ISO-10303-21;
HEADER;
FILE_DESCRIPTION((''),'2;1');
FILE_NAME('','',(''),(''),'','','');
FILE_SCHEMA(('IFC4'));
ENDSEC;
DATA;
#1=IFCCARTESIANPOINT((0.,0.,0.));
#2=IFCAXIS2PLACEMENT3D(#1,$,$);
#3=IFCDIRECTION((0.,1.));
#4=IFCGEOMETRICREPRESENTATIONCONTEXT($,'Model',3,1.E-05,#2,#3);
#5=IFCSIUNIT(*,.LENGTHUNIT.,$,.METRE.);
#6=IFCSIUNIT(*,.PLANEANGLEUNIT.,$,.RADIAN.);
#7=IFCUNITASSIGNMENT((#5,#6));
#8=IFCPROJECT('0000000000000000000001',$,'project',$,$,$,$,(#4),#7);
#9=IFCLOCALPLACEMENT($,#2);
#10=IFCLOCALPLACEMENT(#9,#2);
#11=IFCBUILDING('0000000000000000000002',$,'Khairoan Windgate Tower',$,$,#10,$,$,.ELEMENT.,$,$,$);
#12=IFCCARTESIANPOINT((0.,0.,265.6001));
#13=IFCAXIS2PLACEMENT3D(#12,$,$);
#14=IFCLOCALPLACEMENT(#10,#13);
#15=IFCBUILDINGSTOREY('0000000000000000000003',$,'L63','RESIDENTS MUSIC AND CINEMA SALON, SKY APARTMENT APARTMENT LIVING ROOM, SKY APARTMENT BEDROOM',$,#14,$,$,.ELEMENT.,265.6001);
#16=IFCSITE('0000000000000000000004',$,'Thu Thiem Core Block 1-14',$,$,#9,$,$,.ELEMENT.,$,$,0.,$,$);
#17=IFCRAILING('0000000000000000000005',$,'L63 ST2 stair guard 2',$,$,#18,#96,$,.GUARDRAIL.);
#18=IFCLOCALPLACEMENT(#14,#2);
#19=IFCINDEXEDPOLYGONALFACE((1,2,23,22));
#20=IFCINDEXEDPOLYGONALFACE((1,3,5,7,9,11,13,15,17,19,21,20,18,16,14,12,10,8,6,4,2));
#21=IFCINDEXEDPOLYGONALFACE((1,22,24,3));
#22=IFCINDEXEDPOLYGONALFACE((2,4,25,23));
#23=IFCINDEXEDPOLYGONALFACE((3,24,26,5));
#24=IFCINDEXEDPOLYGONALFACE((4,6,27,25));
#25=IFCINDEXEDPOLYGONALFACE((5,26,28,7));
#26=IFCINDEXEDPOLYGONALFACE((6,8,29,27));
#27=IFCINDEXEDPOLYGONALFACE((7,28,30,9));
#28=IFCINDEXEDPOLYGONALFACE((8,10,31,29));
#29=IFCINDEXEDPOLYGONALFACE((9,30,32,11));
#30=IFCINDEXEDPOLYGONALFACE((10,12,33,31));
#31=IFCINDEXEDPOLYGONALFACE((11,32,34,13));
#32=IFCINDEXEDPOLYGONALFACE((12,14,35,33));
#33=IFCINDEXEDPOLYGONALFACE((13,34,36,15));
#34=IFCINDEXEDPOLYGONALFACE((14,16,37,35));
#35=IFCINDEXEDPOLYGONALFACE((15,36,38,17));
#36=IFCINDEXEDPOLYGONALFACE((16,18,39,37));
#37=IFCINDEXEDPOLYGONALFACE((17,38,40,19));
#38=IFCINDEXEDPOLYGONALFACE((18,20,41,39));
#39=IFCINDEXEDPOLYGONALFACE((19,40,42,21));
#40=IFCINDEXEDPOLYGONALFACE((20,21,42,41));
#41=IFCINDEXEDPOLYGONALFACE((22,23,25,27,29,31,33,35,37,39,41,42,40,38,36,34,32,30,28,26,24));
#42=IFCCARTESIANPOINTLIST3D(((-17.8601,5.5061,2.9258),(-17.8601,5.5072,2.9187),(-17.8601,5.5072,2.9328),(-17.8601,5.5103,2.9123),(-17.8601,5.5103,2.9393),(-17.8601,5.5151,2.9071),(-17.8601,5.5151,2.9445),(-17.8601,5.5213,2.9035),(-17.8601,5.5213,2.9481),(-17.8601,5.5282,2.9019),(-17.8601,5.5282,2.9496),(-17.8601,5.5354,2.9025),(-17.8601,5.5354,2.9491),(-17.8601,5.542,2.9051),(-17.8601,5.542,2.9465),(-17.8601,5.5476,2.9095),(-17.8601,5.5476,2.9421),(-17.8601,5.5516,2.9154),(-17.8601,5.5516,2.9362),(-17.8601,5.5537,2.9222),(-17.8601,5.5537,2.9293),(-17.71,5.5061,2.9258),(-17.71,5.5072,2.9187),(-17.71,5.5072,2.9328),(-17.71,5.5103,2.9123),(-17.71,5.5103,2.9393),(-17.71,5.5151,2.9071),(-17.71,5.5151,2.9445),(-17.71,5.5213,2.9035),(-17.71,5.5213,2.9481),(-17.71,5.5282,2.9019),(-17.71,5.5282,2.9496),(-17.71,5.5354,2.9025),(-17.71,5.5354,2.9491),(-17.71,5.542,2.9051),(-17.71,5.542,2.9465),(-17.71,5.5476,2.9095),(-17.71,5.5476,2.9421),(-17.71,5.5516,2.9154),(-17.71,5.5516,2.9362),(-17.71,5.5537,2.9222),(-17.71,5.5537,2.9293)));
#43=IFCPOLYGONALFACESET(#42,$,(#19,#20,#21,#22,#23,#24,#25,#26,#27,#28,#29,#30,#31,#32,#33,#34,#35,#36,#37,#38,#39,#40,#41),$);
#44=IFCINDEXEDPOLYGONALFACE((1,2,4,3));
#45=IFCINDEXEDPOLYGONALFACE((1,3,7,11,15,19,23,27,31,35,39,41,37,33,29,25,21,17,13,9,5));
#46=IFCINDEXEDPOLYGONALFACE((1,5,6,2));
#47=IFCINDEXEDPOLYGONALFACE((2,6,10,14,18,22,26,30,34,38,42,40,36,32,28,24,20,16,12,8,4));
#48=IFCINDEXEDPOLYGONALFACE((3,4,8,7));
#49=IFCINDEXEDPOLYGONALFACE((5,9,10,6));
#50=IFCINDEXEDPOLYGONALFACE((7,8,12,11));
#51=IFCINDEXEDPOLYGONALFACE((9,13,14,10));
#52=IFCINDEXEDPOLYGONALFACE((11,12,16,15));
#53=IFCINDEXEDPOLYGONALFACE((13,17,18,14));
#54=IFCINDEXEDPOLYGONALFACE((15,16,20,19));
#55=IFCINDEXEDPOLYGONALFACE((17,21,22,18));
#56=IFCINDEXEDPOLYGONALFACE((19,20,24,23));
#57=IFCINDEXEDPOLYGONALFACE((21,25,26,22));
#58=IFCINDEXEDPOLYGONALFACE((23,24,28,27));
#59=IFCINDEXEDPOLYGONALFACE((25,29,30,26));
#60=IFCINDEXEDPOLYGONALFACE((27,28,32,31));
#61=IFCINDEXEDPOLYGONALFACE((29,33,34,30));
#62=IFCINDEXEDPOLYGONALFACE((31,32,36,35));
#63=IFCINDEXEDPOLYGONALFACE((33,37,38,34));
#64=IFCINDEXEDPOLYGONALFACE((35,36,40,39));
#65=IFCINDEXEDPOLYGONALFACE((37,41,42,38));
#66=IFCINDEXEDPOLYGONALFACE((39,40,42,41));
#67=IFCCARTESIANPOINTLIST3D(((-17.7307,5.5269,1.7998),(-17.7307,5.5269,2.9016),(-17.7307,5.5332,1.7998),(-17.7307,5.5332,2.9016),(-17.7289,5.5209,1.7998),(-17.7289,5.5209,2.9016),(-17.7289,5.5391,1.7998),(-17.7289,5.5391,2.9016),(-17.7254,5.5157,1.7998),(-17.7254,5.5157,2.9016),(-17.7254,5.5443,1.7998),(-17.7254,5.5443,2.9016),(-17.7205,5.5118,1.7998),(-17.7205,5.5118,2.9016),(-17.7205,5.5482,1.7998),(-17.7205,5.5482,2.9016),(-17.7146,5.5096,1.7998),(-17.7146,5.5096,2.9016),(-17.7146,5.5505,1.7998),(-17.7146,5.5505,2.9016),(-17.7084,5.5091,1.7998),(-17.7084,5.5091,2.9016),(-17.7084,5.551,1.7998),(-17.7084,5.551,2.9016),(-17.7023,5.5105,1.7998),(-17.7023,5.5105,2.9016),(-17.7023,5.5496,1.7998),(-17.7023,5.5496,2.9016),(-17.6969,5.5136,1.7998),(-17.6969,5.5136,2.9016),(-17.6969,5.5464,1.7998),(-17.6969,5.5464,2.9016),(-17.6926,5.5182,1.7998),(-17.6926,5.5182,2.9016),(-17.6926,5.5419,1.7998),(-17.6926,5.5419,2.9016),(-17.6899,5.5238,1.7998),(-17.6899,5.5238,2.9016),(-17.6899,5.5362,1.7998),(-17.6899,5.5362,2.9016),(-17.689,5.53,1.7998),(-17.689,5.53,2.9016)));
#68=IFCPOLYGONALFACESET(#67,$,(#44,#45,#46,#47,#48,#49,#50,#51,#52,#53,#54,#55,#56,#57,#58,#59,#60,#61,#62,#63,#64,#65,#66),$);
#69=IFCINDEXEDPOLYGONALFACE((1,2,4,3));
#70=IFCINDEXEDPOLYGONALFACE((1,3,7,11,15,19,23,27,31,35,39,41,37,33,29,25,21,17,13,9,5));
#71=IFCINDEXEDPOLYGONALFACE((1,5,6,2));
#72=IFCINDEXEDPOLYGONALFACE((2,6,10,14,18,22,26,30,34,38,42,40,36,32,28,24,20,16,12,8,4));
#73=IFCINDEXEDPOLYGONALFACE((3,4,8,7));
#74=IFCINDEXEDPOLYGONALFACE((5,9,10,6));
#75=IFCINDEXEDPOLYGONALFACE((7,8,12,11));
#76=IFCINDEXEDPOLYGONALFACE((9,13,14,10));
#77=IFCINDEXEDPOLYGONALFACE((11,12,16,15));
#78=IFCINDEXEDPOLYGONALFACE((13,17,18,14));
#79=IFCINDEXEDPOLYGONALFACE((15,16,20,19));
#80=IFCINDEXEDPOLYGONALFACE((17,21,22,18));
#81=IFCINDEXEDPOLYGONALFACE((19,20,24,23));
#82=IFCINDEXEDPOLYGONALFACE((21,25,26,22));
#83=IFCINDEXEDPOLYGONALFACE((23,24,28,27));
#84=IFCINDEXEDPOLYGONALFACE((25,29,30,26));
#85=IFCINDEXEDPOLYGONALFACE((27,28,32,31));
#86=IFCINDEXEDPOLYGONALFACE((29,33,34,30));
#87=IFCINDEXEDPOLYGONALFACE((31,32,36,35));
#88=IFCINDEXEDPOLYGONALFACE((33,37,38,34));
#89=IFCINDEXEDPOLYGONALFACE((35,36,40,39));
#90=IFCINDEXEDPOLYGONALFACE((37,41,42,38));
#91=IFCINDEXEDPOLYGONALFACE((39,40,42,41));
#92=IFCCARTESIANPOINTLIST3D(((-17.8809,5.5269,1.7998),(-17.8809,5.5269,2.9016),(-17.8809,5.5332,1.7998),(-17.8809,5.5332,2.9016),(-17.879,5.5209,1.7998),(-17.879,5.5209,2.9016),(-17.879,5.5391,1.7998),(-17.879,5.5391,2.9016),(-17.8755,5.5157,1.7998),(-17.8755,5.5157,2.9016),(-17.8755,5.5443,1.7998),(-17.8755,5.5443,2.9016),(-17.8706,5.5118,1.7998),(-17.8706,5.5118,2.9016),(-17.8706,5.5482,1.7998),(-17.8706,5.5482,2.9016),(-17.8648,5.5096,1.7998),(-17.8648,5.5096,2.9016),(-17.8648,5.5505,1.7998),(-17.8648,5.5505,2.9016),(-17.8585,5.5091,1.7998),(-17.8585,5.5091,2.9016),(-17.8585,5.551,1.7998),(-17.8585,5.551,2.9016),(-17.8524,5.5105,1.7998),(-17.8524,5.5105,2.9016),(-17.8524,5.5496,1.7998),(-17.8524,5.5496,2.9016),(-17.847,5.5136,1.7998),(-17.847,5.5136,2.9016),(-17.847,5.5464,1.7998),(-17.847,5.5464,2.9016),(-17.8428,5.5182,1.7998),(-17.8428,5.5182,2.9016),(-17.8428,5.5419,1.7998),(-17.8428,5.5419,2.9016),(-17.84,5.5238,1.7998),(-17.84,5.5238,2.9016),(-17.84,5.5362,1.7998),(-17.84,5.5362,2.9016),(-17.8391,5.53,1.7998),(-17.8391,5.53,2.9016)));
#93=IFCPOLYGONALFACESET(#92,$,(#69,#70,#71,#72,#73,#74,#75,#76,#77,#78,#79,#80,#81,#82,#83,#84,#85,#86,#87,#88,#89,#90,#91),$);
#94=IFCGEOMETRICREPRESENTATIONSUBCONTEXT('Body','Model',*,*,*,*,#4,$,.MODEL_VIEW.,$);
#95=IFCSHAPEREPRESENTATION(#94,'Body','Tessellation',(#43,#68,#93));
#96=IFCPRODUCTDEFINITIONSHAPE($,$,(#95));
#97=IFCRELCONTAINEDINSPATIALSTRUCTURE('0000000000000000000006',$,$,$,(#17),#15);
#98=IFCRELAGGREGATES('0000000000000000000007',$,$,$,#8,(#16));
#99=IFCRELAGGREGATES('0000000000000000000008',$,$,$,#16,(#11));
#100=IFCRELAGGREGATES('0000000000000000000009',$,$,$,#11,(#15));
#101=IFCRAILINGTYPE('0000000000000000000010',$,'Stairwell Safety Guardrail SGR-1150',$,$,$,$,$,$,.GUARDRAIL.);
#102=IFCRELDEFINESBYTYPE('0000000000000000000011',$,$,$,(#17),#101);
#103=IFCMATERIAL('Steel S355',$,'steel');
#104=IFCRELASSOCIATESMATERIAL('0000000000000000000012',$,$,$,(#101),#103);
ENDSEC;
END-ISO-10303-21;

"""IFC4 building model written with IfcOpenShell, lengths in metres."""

from ifc_helpers import new_model, si_unit, direction, frame, origin, origin_2d, place, context, subcontext, project, spatial, circle, extrude, material, type_object, element, save


model = new_model("IFC4")

# Units and contexts
model_context = context("Model", 3, precision=1e-05, world=origin(), true_north=direction((0.0, 1.0)))
body_context = subcontext(model_context, "Body", "Model", "MODEL_VIEW")
ifc_project = project(units=[si_unit("LENGTHUNIT", "METRE"), si_unit("PLANEANGLEUNIT", "RADIAN")], contexts=[model_context])

# Site, building, storey
site_placement = place(None, origin())
site = spatial("IfcSite", under=ifc_project, at=site_placement, Name="Thu Thiem Core Block 1-14", CompositionType="ELEMENT", RefElevation=0.0)
building_placement = place(site_placement, origin())
building = spatial("IfcBuilding", under=site, at=building_placement, Name="Khairoan Windgate Tower", CompositionType="ELEMENT")
storey_placement = place(building_placement, frame((0.0, 0.0, 265.6001)))
storey = spatial("IfcBuildingStorey", under=building, at=storey_placement, Name="L63", Description="RESIDENTS MUSIC AND CINEMA SALON, SKY APARTMENT APARTMENT LIVING ROOM, SKY APARTMENT BEDROOM", CompositionType="ELEMENT", Elevation=265.6001)

# Railing
ifc_material_1 = material(Name="Steel S355", Category="steel")
railing_type_1 = type_object("IfcRailingType", Name="Stairwell Safety Guardrail SGR-1150", PredefinedType="GUARDRAIL", material=ifc_material_1)
railing_1_placement = place(storey_placement, frame((-17.71, 5.53, 1.7998)))
element("IfcRailing", 1, at=railing_1_placement, inside=storey, type_object=railing_type_1, Name="L63 ST2 stair guard 2", PredefinedType="GUARDRAIL", context=body_context, shape_type="SweptSolid", body=[
    extrude(circle(Radius=0.0239, at=origin_2d()), frame((0.0, 0.0, 1.126), z_axis=(-1.0, 0.0, 0.0), x_axis=(0.0, -1.0, 0.0)), (0.0, 0.0, 1.0), 0.1501),
    extrude(circle(Radius=0.021, at=origin_2d()), origin(), (0.0, 0.0, 1.0), 1.1018),
    extrude(circle(Radius=0.021, at=origin_2d()), frame((-0.1501, 0.0, 0.0)), (0.0, 0.0, 1.0), 1.1018),
])

save(model, "model.ifc")
